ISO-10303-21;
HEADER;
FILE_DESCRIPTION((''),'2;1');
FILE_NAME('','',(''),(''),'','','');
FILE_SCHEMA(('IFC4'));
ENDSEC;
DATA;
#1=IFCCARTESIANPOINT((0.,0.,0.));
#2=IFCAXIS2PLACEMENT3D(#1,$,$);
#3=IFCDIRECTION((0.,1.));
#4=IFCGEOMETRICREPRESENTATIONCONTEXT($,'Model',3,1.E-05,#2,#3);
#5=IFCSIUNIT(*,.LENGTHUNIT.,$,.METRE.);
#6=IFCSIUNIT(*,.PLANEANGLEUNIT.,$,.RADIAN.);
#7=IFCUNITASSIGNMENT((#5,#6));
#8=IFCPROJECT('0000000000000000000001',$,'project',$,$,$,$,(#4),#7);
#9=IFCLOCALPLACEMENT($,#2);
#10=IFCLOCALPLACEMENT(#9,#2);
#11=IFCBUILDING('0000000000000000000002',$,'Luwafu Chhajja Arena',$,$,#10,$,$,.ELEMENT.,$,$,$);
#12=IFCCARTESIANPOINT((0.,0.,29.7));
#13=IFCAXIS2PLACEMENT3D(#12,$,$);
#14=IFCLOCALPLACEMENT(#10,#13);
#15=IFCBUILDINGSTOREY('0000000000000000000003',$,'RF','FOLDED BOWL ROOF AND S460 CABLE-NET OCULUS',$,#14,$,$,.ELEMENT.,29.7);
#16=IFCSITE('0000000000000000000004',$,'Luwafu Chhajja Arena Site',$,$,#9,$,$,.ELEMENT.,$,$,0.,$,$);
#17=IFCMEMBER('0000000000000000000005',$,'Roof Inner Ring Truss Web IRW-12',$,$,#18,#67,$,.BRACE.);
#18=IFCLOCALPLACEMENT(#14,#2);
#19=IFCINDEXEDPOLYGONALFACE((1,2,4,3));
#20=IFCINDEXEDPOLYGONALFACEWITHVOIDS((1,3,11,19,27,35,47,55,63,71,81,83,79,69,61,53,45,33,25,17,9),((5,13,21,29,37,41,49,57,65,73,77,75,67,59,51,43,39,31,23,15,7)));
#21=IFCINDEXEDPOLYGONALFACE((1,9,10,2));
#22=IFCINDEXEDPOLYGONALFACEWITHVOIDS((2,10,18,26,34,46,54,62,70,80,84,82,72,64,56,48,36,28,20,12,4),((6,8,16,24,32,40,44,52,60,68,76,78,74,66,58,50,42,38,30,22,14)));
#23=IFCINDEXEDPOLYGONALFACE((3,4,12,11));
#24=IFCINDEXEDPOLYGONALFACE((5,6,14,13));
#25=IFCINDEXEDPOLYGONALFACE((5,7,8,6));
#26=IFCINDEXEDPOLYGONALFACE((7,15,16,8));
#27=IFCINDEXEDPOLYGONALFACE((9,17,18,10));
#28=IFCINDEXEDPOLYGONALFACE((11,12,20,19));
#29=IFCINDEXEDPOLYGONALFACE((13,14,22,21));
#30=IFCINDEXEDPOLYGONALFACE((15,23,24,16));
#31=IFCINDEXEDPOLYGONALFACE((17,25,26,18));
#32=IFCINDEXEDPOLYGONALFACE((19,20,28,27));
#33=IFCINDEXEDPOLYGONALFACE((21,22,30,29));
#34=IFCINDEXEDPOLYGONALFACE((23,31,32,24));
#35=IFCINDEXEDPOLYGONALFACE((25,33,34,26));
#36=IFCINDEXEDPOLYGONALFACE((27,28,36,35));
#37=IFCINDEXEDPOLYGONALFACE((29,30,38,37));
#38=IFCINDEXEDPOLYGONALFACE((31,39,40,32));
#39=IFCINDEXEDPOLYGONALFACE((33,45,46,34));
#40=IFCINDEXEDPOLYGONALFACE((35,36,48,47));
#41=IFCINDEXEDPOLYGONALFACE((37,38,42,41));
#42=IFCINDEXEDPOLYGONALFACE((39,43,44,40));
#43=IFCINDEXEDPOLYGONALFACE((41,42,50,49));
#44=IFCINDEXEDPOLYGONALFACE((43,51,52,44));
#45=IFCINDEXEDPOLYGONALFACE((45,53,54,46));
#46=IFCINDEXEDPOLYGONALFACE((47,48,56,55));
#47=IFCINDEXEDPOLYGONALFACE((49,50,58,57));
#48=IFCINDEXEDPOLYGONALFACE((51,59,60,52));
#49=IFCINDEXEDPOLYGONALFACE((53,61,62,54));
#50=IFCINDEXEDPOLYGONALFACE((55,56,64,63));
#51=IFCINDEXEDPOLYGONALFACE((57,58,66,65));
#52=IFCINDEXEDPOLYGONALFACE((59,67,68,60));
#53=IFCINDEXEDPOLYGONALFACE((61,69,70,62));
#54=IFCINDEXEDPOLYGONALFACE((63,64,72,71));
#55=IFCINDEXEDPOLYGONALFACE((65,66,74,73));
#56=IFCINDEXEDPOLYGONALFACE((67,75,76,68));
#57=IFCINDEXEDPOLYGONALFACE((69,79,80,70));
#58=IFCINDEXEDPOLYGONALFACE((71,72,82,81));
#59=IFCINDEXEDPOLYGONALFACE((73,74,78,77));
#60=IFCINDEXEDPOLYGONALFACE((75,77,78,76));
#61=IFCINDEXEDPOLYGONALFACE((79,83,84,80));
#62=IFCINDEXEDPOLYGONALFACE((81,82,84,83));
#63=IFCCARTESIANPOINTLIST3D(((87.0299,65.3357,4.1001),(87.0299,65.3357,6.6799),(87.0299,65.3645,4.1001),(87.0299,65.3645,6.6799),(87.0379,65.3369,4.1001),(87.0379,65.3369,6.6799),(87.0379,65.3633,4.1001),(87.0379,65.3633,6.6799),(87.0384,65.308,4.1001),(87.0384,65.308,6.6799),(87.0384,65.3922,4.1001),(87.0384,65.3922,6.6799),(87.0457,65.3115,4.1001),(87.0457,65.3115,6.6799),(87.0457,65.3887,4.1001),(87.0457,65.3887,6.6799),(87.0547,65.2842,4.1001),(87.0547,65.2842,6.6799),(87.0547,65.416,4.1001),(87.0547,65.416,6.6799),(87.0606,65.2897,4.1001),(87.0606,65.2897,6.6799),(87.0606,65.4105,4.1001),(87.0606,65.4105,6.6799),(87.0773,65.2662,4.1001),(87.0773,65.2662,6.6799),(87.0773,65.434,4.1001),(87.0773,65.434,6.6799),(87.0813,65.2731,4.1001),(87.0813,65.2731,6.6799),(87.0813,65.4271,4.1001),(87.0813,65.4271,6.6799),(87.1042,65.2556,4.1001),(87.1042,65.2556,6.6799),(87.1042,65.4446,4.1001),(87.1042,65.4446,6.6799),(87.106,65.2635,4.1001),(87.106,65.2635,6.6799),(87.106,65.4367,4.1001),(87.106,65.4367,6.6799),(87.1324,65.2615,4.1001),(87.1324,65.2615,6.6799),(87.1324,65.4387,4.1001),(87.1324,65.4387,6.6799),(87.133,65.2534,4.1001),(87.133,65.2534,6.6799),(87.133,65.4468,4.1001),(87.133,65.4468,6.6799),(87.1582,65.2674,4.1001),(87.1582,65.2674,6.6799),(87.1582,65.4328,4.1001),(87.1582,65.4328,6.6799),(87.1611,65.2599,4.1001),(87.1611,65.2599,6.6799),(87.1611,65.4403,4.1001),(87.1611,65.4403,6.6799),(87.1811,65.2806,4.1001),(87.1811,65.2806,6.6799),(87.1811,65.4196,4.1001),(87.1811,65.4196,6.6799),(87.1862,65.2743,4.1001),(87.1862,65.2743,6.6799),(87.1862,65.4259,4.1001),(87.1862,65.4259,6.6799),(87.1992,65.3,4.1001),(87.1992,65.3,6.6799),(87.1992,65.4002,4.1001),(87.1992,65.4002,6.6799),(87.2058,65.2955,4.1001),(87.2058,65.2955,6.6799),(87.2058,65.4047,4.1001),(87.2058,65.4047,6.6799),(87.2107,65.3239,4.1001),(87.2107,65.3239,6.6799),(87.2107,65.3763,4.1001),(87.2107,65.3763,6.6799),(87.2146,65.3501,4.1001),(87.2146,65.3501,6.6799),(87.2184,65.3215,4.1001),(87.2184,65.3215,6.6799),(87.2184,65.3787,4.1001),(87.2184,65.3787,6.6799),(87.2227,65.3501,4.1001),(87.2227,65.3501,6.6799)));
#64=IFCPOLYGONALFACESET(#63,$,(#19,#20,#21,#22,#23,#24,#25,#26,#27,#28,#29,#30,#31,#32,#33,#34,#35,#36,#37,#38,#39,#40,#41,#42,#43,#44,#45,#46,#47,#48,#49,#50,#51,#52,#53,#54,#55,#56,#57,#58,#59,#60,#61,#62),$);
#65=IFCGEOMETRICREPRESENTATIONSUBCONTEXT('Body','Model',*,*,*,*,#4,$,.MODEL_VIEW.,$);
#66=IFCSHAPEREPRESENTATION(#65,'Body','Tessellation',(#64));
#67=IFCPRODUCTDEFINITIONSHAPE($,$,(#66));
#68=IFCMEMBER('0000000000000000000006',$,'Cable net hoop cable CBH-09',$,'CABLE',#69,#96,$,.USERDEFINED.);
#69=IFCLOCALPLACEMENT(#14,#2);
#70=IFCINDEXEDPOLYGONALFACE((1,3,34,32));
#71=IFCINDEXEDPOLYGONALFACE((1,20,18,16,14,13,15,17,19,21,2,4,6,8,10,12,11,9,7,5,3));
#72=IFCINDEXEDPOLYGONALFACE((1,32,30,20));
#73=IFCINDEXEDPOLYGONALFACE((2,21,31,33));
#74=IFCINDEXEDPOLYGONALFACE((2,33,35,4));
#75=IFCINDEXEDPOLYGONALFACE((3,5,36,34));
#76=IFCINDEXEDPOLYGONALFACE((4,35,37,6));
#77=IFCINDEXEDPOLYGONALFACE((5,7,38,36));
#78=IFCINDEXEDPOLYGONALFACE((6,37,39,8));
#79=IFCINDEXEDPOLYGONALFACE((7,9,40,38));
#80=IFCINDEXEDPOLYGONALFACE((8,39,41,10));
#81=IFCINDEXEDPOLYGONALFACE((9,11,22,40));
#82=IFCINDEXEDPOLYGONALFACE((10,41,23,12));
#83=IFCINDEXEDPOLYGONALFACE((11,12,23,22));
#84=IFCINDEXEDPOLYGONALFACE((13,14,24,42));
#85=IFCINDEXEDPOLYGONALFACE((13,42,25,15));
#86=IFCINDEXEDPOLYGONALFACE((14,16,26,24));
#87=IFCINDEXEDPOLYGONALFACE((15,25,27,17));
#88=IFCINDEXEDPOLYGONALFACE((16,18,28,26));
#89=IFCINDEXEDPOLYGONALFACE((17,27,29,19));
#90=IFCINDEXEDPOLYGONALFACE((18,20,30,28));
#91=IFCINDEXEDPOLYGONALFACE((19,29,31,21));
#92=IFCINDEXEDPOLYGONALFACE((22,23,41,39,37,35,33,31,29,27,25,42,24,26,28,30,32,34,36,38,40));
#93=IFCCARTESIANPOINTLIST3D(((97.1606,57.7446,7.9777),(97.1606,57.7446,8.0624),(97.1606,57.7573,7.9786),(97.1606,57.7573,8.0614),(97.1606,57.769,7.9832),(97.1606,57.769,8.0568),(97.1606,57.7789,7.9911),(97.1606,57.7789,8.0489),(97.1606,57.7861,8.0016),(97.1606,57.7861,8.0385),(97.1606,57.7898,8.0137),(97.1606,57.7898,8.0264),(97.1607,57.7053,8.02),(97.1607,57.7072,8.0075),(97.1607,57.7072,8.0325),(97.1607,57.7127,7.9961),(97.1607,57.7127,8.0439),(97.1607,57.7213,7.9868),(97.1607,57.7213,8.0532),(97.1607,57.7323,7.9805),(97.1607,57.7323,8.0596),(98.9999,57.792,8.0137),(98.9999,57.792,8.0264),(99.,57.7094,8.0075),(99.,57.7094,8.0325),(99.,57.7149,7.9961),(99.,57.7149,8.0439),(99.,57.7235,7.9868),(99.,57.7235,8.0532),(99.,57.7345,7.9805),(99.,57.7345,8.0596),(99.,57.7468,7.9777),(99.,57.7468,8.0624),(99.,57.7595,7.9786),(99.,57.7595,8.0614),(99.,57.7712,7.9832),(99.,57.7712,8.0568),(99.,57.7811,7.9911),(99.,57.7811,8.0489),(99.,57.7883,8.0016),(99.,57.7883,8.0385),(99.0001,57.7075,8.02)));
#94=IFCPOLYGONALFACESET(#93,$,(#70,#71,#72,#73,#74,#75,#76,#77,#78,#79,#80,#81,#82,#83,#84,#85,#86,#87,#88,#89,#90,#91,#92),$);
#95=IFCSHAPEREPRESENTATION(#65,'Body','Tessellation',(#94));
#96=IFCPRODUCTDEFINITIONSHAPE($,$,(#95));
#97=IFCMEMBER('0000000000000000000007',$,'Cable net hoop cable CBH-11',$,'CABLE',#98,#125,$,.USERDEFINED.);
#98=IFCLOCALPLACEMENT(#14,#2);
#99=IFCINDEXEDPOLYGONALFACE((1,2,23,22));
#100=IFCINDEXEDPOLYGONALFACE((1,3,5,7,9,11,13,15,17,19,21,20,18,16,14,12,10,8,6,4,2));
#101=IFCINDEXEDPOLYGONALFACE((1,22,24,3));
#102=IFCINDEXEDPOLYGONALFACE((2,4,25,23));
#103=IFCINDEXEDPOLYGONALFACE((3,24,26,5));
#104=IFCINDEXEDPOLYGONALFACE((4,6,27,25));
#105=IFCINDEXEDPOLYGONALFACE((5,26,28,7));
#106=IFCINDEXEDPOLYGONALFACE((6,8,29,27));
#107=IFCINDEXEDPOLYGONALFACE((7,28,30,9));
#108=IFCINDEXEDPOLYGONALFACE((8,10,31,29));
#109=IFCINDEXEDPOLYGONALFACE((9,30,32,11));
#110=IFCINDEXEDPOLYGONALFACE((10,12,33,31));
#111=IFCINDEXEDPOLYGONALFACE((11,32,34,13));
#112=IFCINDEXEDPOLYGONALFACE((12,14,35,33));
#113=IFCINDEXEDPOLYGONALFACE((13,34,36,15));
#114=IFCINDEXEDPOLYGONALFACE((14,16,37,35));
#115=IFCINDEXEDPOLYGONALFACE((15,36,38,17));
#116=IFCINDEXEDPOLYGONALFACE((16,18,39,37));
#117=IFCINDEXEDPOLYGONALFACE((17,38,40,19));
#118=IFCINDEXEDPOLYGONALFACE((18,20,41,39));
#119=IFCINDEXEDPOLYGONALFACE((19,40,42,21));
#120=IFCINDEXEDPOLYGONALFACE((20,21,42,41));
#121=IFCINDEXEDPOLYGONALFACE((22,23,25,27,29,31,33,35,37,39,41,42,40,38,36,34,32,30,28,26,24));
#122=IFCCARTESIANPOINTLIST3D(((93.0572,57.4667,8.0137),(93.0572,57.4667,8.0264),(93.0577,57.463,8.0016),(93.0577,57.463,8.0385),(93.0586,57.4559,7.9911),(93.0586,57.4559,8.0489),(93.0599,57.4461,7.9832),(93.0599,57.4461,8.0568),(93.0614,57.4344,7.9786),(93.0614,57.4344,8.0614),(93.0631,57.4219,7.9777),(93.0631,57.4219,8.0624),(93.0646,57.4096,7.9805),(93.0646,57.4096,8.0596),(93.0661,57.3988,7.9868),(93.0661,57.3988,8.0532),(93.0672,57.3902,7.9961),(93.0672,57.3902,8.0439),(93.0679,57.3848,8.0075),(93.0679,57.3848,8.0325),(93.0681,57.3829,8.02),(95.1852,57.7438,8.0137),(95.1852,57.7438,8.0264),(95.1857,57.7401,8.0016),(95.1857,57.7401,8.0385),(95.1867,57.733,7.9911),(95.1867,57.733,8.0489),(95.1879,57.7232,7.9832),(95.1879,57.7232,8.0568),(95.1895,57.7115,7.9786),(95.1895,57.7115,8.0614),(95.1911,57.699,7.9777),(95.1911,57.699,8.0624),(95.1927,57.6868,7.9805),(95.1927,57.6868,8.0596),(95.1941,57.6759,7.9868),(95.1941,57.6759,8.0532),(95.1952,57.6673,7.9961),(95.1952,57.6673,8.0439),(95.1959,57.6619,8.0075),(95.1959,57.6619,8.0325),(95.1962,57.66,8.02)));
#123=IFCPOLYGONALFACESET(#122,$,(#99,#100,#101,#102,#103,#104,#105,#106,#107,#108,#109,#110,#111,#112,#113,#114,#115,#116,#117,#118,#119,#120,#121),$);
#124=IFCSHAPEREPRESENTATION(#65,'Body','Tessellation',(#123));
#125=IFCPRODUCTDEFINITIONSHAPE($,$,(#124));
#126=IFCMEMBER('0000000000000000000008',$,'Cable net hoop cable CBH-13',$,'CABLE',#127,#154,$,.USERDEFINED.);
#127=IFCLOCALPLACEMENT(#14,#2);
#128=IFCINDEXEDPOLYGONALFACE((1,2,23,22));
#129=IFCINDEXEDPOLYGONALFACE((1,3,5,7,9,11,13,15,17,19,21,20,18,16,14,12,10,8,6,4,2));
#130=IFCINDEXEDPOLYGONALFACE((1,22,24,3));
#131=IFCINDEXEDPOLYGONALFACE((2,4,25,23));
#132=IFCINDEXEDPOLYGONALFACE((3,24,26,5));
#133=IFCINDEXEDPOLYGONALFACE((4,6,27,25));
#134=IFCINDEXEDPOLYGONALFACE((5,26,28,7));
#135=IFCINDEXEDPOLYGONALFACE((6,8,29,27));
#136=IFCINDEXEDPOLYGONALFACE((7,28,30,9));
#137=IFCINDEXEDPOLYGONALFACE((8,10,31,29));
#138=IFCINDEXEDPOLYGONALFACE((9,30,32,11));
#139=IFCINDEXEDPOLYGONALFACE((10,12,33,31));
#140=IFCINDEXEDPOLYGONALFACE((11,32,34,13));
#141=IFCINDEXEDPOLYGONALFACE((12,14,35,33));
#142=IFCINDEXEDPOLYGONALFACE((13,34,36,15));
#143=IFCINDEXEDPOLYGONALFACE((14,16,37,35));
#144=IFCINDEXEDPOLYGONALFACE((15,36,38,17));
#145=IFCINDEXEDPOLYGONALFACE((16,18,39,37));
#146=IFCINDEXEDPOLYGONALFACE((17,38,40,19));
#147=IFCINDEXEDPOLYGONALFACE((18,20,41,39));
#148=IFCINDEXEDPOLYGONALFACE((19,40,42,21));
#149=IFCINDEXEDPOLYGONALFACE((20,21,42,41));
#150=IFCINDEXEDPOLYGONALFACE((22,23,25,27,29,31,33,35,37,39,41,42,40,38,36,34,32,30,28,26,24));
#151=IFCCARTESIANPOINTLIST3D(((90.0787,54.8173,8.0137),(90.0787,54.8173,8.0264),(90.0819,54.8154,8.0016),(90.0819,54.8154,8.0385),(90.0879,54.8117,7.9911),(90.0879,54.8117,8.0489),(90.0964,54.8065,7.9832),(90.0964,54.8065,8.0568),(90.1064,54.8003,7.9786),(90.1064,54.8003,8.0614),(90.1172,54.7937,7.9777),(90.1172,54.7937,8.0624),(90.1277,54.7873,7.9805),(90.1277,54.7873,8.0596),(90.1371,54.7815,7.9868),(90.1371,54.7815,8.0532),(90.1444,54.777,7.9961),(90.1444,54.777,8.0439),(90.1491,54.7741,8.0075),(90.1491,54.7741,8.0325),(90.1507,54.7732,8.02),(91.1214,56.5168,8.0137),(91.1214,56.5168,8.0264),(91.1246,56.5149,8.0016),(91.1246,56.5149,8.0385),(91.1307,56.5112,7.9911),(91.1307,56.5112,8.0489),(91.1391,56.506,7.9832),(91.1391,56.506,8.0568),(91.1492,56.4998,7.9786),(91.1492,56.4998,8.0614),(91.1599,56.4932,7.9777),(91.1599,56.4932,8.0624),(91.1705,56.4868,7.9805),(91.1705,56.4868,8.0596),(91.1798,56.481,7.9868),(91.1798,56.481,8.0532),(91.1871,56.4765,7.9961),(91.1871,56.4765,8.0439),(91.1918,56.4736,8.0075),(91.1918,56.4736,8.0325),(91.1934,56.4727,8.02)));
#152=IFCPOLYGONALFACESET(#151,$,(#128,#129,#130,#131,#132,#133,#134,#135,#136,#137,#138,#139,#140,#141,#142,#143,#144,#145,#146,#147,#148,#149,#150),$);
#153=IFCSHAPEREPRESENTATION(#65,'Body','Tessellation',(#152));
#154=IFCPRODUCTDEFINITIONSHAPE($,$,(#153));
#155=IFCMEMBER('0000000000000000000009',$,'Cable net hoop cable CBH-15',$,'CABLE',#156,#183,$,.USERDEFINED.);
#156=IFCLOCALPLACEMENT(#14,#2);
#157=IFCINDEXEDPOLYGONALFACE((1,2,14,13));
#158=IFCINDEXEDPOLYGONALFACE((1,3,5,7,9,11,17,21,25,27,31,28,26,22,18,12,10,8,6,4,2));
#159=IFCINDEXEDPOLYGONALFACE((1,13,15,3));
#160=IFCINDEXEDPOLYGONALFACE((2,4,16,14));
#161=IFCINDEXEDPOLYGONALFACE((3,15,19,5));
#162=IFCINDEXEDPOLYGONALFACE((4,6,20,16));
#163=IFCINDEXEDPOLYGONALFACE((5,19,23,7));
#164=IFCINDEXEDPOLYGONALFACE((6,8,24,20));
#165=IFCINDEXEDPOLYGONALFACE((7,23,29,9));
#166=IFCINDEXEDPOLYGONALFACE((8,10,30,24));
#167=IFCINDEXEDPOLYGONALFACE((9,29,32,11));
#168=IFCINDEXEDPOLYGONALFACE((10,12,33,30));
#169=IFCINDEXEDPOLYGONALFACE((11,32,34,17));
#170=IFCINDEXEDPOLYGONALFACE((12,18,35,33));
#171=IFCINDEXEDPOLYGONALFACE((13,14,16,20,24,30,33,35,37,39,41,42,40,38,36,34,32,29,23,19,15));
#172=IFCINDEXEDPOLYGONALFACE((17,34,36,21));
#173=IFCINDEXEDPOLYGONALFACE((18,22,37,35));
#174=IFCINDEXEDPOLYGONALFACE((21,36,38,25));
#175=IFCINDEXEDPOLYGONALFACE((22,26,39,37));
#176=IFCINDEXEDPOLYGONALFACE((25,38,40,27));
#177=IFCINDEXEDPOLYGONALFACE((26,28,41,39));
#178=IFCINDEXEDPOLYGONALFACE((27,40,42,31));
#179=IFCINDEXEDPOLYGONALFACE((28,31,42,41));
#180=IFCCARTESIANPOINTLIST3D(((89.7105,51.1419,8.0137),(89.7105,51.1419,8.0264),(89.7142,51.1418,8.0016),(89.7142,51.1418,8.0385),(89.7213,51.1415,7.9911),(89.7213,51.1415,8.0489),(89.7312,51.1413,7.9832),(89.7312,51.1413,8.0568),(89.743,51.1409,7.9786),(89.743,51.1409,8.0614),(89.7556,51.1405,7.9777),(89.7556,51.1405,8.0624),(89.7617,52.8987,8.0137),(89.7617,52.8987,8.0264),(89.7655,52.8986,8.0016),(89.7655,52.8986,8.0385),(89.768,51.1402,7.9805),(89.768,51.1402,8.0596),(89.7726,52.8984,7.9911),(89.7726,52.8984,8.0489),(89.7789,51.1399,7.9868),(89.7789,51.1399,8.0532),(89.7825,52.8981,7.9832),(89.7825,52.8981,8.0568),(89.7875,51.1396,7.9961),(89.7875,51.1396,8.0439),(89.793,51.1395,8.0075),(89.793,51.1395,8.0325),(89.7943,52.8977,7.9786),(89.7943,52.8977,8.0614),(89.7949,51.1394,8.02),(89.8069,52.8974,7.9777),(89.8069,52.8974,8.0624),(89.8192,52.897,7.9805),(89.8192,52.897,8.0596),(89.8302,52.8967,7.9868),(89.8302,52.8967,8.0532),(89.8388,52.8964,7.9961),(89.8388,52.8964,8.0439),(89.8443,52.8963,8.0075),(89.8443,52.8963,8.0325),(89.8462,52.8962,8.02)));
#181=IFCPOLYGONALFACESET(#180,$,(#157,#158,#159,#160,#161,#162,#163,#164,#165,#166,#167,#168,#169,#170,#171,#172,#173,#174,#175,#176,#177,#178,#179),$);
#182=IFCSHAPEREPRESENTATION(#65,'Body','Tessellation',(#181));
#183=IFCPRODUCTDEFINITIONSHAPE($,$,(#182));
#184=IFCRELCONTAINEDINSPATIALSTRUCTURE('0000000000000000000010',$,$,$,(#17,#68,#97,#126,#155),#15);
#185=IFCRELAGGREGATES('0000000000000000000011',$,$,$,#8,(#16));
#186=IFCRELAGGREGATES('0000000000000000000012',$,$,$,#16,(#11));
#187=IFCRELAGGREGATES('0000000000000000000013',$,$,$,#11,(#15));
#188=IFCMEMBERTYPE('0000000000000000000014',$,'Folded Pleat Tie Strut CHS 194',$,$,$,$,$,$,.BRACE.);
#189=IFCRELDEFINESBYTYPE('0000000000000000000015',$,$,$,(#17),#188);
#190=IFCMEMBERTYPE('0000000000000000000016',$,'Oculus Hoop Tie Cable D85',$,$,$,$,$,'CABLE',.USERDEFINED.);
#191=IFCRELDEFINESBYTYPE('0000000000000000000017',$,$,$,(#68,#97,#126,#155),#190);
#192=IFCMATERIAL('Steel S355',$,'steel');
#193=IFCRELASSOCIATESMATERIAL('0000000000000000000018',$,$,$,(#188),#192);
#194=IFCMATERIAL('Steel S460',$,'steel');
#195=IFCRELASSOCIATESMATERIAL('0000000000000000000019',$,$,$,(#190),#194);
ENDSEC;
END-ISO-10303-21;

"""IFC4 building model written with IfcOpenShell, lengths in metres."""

from ifc_helpers import new_model, si_unit, direction, frame, origin, origin_2d, place, context, subcontext, project, spatial, circle, hollow_circle, extrude, material, material_profile, profile_set, type_object, element, save


model = new_model("IFC4")

# Units and contexts
model_context = context("Model", 3, precision=1e-05, world=origin(), true_north=direction((0.0, 1.0)))
body_context = subcontext(model_context, "Body", "Model", "MODEL_VIEW")
ifc_project = project(units=[si_unit("LENGTHUNIT", "METRE"), si_unit("PLANEANGLEUNIT", "RADIAN")], contexts=[model_context])

# Site, building, storey
site_placement = place(None, origin())
site = spatial("IfcSite", under=ifc_project, at=site_placement, Name="Luwafu Chhajja Arena Site", CompositionType="ELEMENT", RefElevation=0.0)
building_placement = place(site_placement, origin())
building = spatial("IfcBuilding", under=site, at=building_placement, Name="Luwafu Chhajja Arena", CompositionType="ELEMENT")
storey_placement = place(building_placement, frame((0.0, 0.0, 29.7)))
storey = spatial("IfcBuildingStorey", under=building, at=storey_placement, Name="RF", Description="FOLDED BOWL ROOF AND S460 CABLE-NET OCULUS", CompositionType="ELEMENT", Elevation=29.7)

# Members
ifc_material_1 = material(Name="Steel S355", Category="steel")
ifc_material_profile_1 = material_profile(ifc_material_1, hollow_circle(Radius=0.0969, WallThickness=0.0081, at=origin_2d()), Name="CHS 193.7x8")
ifc_profile_set_1 = profile_set([ifc_material_profile_1], Name="Steel S355")
member_type_1 = type_object("IfcMemberType", Name="Folded Pleat Tie Strut CHS 194", PredefinedType="BRACE", material=ifc_profile_set_1)
member_1_placement = place(storey_placement, frame((87.1257, 65.3501, 4.1001), z_axis=(0.0, 0.0, 1.0), x_axis=(1.0, 0.0, 0.0)))
element("IfcMember", 1, at=member_1_placement, inside=storey, type_object=member_type_1, Name="Roof Inner Ring Truss Web IRW-12", PredefinedType="BRACE", context=body_context, shape_type="SweptSolid", body=[
    extrude(hollow_circle(Radius=0.0969, WallThickness=0.0081, at=origin_2d()), origin(), (0.0, 0.0, 1.0), 2.5798),
])
ifc_material_2 = material(Name="Steel S460", Category="steel")
ifc_material_profile_2 = material_profile(ifc_material_2, circle(Radius=0.0425, at=origin_2d()), Name="CABLE D85")
ifc_profile_set_2 = profile_set([ifc_material_profile_2], Name="Steel S460")
member_type_2 = type_object("IfcMemberType", Name="Oculus Hoop Tie Cable D85", ElementType="CABLE", PredefinedType="USERDEFINED", material=ifc_profile_set_2)
member_2_placement = place(storey_placement, frame((99.0, 57.75, 8.02), z_axis=(-0.999999, -0.001195, 0.0), x_axis=(0.001195, -0.999999, 0.0)))
element("IfcMember", 2, at=member_2_placement, inside=storey, type_object=member_type_2, Name="Cable net hoop cable CBH-09", ObjectType="CABLE", PredefinedType="USERDEFINED", context=body_context, shape_type="SweptSolid", body=[
    extrude(circle(Radius=0.0425, at=origin_2d()), origin(), (0.0, 0.0, 1.0), 1.8394),
])
member_3_placement = place(storey_placement, frame((95.1907, 57.7021, 8.02), z_axis=(-0.991628, -0.12913, 0.0), x_axis=(0.12913, -0.991628, 0.0)))
element("IfcMember", 3, at=member_3_placement, inside=storey, type_object=member_type_2, Name="Cable net hoop cable CBH-11", ObjectType="CABLE", PredefinedType="USERDEFINED", context=body_context, shape_type="SweptSolid", body=[
    extrude(circle(Radius=0.0425, at=origin_2d()), origin(), (0.0, 0.0, 1.0), 2.146),
])
member_4_placement = place(storey_placement, frame((91.1572, 56.4949, 8.02), z_axis=(-0.52297, -0.852351, 0.0), x_axis=(0.852351, -0.52297, 0.0)))
element("IfcMember", 4, at=member_4_placement, inside=storey, type_object=member_type_2, Name="Cable net hoop cable CBH-13", ObjectType="CABLE", PredefinedType="USERDEFINED", context=body_context, shape_type="SweptSolid", body=[
    extrude(circle(Radius=0.0425, at=origin_2d()), origin(), (0.0, 0.0, 1.0), 1.9939),
])
member_5_placement = place(storey_placement, frame((89.8037, 52.8975, 8.02), z_axis=(-0.02917, -0.999574, 0.0), x_axis=(0.999574, -0.02917, 0.0)))
element("IfcMember", 5, at=member_5_placement, inside=storey, type_object=member_type_2, Name="Cable net hoop cable CBH-15", ObjectType="CABLE", PredefinedType="USERDEFINED", context=body_context, shape_type="SweptSolid", body=[
    extrude(circle(Radius=0.0425, at=origin_2d()), origin(), (0.0, 0.0, 1.0), 1.7576),
])

save(model, "model.ifc")
